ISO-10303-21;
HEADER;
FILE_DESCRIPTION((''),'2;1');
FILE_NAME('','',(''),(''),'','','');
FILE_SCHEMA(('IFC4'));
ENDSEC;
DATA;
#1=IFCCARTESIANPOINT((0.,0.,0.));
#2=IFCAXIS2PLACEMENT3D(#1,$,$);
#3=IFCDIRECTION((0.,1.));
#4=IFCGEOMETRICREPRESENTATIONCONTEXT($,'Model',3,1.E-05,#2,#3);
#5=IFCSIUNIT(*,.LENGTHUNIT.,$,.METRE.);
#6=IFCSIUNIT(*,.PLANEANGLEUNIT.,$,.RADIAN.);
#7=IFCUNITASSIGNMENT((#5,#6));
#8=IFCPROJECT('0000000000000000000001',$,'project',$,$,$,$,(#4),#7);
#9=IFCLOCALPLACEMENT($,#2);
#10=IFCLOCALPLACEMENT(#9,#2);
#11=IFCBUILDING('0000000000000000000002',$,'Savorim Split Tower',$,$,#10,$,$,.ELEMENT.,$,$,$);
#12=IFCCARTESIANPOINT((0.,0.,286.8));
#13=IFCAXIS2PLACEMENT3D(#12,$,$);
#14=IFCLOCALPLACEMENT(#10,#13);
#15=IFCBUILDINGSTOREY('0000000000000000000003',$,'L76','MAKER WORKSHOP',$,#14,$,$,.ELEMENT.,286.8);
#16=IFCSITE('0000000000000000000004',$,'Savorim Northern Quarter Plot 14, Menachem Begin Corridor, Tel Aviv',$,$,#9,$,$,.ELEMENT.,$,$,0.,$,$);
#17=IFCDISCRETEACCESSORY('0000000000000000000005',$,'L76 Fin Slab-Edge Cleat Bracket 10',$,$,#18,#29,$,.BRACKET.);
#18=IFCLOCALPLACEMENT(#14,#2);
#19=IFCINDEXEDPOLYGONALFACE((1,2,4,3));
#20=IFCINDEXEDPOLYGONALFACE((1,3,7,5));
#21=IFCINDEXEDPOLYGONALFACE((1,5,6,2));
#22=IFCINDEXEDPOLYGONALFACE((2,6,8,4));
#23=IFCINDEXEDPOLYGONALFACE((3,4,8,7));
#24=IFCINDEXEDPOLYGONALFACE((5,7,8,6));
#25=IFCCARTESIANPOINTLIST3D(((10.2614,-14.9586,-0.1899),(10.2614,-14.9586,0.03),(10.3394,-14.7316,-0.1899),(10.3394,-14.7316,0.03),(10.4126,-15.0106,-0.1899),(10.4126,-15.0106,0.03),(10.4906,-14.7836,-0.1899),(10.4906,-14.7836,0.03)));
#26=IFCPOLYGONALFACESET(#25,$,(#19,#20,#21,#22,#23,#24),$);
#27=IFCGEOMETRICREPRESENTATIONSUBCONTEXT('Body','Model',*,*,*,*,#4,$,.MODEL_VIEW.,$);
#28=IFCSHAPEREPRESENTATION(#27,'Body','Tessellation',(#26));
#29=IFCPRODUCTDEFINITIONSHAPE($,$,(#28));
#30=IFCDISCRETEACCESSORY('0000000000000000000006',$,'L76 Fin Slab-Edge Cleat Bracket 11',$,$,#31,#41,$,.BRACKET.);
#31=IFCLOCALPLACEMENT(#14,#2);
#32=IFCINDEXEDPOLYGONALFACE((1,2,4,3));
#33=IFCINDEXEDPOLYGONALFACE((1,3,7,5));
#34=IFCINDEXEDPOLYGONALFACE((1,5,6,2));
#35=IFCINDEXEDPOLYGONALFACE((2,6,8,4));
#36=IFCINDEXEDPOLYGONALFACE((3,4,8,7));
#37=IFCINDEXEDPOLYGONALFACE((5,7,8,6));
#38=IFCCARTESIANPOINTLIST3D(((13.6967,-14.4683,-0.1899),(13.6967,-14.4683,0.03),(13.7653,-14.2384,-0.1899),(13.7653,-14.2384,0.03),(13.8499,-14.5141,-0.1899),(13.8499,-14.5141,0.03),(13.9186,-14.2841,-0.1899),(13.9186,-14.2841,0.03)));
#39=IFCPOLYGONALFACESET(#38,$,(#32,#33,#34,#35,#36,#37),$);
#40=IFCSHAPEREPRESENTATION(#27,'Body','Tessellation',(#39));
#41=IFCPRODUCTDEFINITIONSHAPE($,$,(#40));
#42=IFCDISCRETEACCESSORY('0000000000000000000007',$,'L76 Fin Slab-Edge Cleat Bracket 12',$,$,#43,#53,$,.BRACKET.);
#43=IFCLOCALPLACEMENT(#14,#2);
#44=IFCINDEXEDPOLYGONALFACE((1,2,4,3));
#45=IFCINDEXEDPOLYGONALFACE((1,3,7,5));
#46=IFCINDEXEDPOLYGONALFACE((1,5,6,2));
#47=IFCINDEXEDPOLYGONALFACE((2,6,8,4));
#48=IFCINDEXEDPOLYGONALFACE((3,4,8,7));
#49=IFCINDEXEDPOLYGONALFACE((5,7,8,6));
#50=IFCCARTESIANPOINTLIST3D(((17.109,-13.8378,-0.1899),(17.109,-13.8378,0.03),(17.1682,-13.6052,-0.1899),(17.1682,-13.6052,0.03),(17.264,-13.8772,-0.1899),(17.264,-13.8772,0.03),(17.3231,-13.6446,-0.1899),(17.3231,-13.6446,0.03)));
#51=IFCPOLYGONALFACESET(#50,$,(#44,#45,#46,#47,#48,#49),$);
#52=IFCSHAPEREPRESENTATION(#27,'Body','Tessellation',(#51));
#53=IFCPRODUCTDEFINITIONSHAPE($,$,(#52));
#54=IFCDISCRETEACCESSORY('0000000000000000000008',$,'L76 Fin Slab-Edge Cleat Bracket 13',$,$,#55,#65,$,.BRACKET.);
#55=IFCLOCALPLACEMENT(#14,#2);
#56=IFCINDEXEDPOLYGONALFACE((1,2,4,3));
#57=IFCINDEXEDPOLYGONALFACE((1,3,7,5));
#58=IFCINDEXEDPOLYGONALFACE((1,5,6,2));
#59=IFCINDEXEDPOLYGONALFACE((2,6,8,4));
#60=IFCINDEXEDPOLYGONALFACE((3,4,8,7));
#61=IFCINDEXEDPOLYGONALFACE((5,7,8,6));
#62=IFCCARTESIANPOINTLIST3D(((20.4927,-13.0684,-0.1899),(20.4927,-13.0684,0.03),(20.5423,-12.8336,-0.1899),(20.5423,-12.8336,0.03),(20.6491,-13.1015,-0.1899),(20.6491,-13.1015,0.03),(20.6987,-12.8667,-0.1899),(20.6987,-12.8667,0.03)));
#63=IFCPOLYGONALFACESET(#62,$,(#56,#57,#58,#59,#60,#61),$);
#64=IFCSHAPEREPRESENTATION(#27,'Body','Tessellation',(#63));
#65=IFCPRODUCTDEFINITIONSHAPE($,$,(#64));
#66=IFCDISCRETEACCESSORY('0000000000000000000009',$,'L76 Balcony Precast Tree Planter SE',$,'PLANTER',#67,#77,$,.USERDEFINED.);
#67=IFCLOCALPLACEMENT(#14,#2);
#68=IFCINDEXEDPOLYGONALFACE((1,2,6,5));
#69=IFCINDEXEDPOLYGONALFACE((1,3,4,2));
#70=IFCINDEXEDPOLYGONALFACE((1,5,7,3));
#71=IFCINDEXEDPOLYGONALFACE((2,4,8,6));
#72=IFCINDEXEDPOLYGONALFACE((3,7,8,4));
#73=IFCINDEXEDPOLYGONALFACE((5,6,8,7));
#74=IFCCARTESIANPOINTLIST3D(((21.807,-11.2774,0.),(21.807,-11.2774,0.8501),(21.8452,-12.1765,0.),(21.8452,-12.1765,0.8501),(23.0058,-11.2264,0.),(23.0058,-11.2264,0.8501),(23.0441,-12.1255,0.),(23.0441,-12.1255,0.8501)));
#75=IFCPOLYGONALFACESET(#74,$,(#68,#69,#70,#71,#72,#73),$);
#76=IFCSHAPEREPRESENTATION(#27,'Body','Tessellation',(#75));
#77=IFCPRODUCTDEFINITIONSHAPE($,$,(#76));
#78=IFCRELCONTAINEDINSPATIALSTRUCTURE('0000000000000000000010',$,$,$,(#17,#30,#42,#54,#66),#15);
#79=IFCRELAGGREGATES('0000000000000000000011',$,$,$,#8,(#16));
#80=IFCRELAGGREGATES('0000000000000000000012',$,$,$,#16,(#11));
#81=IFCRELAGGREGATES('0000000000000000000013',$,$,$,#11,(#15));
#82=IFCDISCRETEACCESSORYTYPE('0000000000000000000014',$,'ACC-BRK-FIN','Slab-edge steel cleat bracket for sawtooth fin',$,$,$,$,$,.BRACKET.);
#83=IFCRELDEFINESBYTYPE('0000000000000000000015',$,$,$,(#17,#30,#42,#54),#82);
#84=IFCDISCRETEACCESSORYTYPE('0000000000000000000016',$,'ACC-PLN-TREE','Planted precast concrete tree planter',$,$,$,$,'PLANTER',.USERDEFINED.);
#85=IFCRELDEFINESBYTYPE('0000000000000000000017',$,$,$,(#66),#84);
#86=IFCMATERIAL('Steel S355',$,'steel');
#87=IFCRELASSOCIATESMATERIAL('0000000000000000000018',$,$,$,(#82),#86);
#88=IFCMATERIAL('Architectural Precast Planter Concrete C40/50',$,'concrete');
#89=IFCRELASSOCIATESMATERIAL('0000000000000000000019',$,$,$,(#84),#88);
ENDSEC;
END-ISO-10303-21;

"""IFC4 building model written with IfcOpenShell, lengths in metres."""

from ifc_helpers import new_model, si_unit, direction, frame, origin, origin_2d, place, context, subcontext, project, spatial, rectangle, extrude, material, type_object, element, save


model = new_model("IFC4")

# Units and contexts
model_context = context("Model", 3, precision=1e-05, world=origin(), true_north=direction((0.0, 1.0)))
body_context = subcontext(model_context, "Body", "Model", "MODEL_VIEW")
ifc_project = project(units=[si_unit("LENGTHUNIT", "METRE"), si_unit("PLANEANGLEUNIT", "RADIAN")], contexts=[model_context])

# Site, building, storey
site_placement = place(None, origin())
site = spatial("IfcSite", under=ifc_project, at=site_placement, Name="Savorim Northern Quarter Plot 14, Menachem Begin Corridor, Tel Aviv", CompositionType="ELEMENT", RefElevation=0.0)
building_placement = place(site_placement, origin())
building = spatial("IfcBuilding", under=site, at=building_placement, Name="Savorim Split Tower", CompositionType="ELEMENT")
storey_placement = place(building_placement, frame((0.0, 0.0, 286.8)))
storey = spatial("IfcBuildingStorey", under=building, at=storey_placement, Name="L76", Description="MAKER WORKSHOP", CompositionType="ELEMENT", Elevation=286.8)

# Shared definitions
ifc_material_1 = material(Name="Steel S355", Category="steel")

# Discrete accessories
discrete_accessory_type_1 = type_object("IfcDiscreteAccessoryType", Name="ACC-BRK-FIN", Description="Slab-edge steel cleat bracket for sawtooth fin", PredefinedType="BRACKET", material=ifc_material_1)
for number, where, z_axis, x_axis, name in (
    (1, (10.376, -14.8711, -0.1899), (0.0, 0.0, 1.0), (-0.324994, -0.945716, 0.0), "L76 Fin Slab-Edge Cleat Bracket 10"),
    (2, (13.8076, -14.3762, -0.1899), (0.0, 0.0, 1.0), (-0.286026, -0.958222, 0.0), "L76 Fin Slab-Edge Cleat Bracket 11"),
    (3, (17.2161, -13.7412, -0.1899), (0.0, 0.0, 1.0), (-0.246581, -0.969122, 0.0), "L76 Fin Slab-Edge Cleat Bracket 12"),
    (4, (20.5957, -12.9675, -0.1899), (0.0, 0.0, 1.0), (-0.206722, -0.9784, 0.0), "L76 Fin Slab-Edge Cleat Bracket 13"),
):
    element("IfcDiscreteAccessory", number, at=place(storey_placement, frame(where, z_axis=z_axis, x_axis=x_axis)), inside=storey, type_object=discrete_accessory_type_1, Name=name, PredefinedType="BRACKET", context=body_context, shape_type="SweptSolid", body=[
        extrude(rectangle(XDim=0.24, YDim=0.1599, at=origin_2d()), origin(), (0.0, 0.0, 1.0), 0.22),
    ])
ifc_material_2 = material(Name="Architectural Precast Planter Concrete C40/50", Category="concrete")
discrete_accessory_type_2 = type_object("IfcDiscreteAccessoryType", Name="ACC-PLN-TREE", Description="Planted precast concrete tree planter", ElementType="PLANTER", PredefinedType="USERDEFINED", material=ifc_material_2)
discrete_accessory_placement = place(storey_placement, frame((22.4255, -11.7014, 0.0), z_axis=(0.0, 0.0, 1.0), x_axis=(0.999096, 0.042512, 0.0)))
element("IfcDiscreteAccessory", 5, at=discrete_accessory_placement, inside=storey, type_object=discrete_accessory_type_2, Name="L76 Balcony Precast Tree Planter SE", ObjectType="PLANTER", PredefinedType="USERDEFINED", context=body_context, shape_type="SweptSolid", body=[
    extrude(rectangle(XDim=1.2, YDim=0.8999, at=origin_2d()), origin(), (0.0, 0.0, 1.0), 0.8501),
])

save(model, "model.ifc")
